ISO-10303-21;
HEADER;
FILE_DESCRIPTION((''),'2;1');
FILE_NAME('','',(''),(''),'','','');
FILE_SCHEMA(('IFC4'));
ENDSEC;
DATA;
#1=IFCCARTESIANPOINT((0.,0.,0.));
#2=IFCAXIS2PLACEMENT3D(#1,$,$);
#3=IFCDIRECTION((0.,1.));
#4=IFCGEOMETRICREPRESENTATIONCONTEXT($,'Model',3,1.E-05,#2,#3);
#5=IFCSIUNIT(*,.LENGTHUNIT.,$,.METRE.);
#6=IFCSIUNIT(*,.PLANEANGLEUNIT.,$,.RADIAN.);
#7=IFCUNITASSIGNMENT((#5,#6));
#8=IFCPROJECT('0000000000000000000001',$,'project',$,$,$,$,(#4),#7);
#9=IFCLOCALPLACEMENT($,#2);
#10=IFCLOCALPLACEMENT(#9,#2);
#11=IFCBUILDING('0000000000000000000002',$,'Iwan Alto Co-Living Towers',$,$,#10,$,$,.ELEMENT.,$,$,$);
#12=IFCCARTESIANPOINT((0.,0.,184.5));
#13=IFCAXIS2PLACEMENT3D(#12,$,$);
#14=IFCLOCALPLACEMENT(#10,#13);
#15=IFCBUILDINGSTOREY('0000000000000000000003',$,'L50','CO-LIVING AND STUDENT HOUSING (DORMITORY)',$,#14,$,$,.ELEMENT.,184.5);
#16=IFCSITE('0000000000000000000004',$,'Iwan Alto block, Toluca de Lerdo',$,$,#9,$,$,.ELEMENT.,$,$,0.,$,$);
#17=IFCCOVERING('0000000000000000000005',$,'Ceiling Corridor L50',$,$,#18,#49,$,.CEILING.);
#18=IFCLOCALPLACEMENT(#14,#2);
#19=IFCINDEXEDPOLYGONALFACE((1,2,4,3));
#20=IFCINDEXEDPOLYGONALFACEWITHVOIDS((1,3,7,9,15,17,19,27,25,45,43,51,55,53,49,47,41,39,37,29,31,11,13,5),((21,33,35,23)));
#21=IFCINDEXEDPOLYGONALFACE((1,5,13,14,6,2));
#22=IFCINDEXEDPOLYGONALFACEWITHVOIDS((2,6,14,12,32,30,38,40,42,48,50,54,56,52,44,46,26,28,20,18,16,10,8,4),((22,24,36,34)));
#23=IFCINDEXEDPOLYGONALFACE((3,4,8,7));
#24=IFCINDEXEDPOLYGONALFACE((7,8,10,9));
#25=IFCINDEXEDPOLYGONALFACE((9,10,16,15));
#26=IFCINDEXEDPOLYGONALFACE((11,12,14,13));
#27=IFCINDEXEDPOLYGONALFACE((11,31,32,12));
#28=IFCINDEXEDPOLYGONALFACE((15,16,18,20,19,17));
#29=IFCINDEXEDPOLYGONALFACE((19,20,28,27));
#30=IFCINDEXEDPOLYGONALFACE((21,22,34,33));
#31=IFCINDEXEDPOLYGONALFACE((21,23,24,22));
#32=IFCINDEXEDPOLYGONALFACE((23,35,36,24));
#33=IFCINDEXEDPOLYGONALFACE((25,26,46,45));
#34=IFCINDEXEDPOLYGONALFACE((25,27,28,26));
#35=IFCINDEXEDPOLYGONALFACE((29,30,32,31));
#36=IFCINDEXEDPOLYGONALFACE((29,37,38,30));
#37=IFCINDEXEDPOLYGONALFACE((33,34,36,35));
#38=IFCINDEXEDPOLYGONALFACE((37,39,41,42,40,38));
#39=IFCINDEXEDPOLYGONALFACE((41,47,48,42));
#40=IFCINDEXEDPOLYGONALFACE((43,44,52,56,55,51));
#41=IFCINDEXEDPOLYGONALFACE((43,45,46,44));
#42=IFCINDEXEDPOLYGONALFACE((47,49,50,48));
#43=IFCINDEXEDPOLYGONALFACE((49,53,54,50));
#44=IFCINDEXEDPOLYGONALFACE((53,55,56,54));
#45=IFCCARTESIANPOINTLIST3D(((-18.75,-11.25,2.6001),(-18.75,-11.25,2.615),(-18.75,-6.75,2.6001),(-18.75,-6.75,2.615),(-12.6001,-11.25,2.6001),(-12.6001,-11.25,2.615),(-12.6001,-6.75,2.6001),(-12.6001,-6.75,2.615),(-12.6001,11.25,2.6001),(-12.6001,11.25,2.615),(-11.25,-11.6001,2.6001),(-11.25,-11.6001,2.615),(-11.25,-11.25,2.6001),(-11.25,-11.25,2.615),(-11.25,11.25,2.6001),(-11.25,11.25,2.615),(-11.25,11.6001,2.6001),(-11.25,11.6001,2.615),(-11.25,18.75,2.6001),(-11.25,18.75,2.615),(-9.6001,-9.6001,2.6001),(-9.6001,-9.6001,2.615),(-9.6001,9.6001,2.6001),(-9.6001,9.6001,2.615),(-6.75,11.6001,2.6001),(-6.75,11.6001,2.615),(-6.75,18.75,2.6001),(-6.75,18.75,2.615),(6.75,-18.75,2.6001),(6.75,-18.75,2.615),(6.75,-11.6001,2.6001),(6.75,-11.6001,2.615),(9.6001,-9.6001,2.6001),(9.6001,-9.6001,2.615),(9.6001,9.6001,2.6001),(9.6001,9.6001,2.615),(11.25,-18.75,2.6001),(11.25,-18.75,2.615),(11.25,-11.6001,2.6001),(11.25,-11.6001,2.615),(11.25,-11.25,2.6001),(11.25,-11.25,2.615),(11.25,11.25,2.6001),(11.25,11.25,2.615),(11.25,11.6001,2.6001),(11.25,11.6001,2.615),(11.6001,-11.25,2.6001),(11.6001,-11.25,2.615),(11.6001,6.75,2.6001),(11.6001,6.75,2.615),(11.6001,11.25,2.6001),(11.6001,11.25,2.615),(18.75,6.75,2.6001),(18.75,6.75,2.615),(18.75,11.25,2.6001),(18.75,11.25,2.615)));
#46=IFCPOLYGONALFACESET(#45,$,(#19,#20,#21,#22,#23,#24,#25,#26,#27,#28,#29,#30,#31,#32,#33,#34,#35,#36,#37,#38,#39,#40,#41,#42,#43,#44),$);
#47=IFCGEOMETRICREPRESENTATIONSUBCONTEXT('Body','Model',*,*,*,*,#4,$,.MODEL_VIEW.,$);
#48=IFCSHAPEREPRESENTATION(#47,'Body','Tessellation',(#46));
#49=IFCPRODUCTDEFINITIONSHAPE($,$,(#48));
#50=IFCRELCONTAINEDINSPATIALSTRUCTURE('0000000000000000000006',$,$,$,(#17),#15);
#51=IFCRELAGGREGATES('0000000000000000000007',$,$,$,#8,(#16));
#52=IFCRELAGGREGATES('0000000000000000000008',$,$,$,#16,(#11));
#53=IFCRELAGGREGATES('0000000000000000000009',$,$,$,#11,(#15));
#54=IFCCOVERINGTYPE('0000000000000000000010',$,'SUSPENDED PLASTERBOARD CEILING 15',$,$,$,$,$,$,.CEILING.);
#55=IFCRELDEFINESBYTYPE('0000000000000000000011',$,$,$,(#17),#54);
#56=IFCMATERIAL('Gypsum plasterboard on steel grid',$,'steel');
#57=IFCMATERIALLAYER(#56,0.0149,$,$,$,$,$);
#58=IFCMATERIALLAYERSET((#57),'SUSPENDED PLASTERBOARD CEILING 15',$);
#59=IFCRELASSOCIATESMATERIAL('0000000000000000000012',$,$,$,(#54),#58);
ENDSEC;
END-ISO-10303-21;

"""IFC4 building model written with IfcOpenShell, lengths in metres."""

from ifc_helpers import new_model, si_unit, direction, frame, origin, place, context, subcontext, project, spatial, polyline, outline, extrude, material, layer, layer_set, type_object, element, save


model = new_model("IFC4")

# Units and contexts
model_context = context("Model", 3, precision=1e-05, world=origin(), true_north=direction((0.0, 1.0)))
body_context = subcontext(model_context, "Body", "Model", "MODEL_VIEW")
ifc_project = project(units=[si_unit("LENGTHUNIT", "METRE"), si_unit("PLANEANGLEUNIT", "RADIAN")], contexts=[model_context])

# Site, building, storey
site_placement = place(None, origin())
site = spatial("IfcSite", under=ifc_project, at=site_placement, Name="Iwan Alto block, Toluca de Lerdo", CompositionType="ELEMENT", RefElevation=0.0)
building_placement = place(site_placement, origin())
building = spatial("IfcBuilding", under=site, at=building_placement, Name="Iwan Alto Co-Living Towers", CompositionType="ELEMENT")
storey_placement = place(building_placement, frame((0.0, 0.0, 184.5)))
storey = spatial("IfcBuildingStorey", under=building, at=storey_placement, Name="L50", Description="CO-LIVING AND STUDENT HOUSING (DORMITORY)", CompositionType="ELEMENT", Elevation=184.5)

# Covering
ifc_material_1 = material(Name="Gypsum plasterboard on steel grid", Category="steel")
ifc_layer_1 = layer(ifc_material_1, 0.0149)
ifc_layer_set_1 = layer_set([ifc_layer_1], Name="SUSPENDED PLASTERBOARD CEILING 15")
covering_type_1 = type_object("IfcCoveringType", Name="SUSPENDED PLASTERBOARD CEILING 15", PredefinedType="CEILING", material=ifc_layer_set_1)
covering_1_placement = place(storey_placement, frame((0.0, 0.0, 2.6001)))
element("IfcCovering", 1, at=covering_1_placement, inside=storey, type_object=covering_type_1, Name="Ceiling Corridor L50", PredefinedType="CEILING", context=body_context, shape_type="SweptSolid", body=[
    extrude(outline(polyline([(-18.75, -6.75), (-12.6001, -6.75), (-12.6001, 11.25), (-11.25, 11.25), (-11.25, 11.6001), (-11.25, 18.75), (-6.75, 18.75), (-6.75, 11.6001), (11.25, 11.6001), (11.25, 11.25), (11.6001, 11.25), (18.75, 11.25), (18.75, 6.75), (11.6001, 6.75), (11.6001, -11.25), (11.25, -11.25), (11.25, -11.6001), (11.25, -18.75), (6.75, -18.75), (6.75, -11.6001), (-11.25, -11.6001), (-11.25, -11.25), (-12.6001, -11.25), (-18.75, -11.25), (-18.75, -6.75)]), holes=[polyline([(9.6001, 9.6001), (-9.6001, 9.6001), (-9.6001, -9.6001), (9.6001, -9.6001), (9.6001, 9.6001)])]), origin(), (0.0, 0.0, 1.0), 0.0149),
])

save(model, "model.ifc")
